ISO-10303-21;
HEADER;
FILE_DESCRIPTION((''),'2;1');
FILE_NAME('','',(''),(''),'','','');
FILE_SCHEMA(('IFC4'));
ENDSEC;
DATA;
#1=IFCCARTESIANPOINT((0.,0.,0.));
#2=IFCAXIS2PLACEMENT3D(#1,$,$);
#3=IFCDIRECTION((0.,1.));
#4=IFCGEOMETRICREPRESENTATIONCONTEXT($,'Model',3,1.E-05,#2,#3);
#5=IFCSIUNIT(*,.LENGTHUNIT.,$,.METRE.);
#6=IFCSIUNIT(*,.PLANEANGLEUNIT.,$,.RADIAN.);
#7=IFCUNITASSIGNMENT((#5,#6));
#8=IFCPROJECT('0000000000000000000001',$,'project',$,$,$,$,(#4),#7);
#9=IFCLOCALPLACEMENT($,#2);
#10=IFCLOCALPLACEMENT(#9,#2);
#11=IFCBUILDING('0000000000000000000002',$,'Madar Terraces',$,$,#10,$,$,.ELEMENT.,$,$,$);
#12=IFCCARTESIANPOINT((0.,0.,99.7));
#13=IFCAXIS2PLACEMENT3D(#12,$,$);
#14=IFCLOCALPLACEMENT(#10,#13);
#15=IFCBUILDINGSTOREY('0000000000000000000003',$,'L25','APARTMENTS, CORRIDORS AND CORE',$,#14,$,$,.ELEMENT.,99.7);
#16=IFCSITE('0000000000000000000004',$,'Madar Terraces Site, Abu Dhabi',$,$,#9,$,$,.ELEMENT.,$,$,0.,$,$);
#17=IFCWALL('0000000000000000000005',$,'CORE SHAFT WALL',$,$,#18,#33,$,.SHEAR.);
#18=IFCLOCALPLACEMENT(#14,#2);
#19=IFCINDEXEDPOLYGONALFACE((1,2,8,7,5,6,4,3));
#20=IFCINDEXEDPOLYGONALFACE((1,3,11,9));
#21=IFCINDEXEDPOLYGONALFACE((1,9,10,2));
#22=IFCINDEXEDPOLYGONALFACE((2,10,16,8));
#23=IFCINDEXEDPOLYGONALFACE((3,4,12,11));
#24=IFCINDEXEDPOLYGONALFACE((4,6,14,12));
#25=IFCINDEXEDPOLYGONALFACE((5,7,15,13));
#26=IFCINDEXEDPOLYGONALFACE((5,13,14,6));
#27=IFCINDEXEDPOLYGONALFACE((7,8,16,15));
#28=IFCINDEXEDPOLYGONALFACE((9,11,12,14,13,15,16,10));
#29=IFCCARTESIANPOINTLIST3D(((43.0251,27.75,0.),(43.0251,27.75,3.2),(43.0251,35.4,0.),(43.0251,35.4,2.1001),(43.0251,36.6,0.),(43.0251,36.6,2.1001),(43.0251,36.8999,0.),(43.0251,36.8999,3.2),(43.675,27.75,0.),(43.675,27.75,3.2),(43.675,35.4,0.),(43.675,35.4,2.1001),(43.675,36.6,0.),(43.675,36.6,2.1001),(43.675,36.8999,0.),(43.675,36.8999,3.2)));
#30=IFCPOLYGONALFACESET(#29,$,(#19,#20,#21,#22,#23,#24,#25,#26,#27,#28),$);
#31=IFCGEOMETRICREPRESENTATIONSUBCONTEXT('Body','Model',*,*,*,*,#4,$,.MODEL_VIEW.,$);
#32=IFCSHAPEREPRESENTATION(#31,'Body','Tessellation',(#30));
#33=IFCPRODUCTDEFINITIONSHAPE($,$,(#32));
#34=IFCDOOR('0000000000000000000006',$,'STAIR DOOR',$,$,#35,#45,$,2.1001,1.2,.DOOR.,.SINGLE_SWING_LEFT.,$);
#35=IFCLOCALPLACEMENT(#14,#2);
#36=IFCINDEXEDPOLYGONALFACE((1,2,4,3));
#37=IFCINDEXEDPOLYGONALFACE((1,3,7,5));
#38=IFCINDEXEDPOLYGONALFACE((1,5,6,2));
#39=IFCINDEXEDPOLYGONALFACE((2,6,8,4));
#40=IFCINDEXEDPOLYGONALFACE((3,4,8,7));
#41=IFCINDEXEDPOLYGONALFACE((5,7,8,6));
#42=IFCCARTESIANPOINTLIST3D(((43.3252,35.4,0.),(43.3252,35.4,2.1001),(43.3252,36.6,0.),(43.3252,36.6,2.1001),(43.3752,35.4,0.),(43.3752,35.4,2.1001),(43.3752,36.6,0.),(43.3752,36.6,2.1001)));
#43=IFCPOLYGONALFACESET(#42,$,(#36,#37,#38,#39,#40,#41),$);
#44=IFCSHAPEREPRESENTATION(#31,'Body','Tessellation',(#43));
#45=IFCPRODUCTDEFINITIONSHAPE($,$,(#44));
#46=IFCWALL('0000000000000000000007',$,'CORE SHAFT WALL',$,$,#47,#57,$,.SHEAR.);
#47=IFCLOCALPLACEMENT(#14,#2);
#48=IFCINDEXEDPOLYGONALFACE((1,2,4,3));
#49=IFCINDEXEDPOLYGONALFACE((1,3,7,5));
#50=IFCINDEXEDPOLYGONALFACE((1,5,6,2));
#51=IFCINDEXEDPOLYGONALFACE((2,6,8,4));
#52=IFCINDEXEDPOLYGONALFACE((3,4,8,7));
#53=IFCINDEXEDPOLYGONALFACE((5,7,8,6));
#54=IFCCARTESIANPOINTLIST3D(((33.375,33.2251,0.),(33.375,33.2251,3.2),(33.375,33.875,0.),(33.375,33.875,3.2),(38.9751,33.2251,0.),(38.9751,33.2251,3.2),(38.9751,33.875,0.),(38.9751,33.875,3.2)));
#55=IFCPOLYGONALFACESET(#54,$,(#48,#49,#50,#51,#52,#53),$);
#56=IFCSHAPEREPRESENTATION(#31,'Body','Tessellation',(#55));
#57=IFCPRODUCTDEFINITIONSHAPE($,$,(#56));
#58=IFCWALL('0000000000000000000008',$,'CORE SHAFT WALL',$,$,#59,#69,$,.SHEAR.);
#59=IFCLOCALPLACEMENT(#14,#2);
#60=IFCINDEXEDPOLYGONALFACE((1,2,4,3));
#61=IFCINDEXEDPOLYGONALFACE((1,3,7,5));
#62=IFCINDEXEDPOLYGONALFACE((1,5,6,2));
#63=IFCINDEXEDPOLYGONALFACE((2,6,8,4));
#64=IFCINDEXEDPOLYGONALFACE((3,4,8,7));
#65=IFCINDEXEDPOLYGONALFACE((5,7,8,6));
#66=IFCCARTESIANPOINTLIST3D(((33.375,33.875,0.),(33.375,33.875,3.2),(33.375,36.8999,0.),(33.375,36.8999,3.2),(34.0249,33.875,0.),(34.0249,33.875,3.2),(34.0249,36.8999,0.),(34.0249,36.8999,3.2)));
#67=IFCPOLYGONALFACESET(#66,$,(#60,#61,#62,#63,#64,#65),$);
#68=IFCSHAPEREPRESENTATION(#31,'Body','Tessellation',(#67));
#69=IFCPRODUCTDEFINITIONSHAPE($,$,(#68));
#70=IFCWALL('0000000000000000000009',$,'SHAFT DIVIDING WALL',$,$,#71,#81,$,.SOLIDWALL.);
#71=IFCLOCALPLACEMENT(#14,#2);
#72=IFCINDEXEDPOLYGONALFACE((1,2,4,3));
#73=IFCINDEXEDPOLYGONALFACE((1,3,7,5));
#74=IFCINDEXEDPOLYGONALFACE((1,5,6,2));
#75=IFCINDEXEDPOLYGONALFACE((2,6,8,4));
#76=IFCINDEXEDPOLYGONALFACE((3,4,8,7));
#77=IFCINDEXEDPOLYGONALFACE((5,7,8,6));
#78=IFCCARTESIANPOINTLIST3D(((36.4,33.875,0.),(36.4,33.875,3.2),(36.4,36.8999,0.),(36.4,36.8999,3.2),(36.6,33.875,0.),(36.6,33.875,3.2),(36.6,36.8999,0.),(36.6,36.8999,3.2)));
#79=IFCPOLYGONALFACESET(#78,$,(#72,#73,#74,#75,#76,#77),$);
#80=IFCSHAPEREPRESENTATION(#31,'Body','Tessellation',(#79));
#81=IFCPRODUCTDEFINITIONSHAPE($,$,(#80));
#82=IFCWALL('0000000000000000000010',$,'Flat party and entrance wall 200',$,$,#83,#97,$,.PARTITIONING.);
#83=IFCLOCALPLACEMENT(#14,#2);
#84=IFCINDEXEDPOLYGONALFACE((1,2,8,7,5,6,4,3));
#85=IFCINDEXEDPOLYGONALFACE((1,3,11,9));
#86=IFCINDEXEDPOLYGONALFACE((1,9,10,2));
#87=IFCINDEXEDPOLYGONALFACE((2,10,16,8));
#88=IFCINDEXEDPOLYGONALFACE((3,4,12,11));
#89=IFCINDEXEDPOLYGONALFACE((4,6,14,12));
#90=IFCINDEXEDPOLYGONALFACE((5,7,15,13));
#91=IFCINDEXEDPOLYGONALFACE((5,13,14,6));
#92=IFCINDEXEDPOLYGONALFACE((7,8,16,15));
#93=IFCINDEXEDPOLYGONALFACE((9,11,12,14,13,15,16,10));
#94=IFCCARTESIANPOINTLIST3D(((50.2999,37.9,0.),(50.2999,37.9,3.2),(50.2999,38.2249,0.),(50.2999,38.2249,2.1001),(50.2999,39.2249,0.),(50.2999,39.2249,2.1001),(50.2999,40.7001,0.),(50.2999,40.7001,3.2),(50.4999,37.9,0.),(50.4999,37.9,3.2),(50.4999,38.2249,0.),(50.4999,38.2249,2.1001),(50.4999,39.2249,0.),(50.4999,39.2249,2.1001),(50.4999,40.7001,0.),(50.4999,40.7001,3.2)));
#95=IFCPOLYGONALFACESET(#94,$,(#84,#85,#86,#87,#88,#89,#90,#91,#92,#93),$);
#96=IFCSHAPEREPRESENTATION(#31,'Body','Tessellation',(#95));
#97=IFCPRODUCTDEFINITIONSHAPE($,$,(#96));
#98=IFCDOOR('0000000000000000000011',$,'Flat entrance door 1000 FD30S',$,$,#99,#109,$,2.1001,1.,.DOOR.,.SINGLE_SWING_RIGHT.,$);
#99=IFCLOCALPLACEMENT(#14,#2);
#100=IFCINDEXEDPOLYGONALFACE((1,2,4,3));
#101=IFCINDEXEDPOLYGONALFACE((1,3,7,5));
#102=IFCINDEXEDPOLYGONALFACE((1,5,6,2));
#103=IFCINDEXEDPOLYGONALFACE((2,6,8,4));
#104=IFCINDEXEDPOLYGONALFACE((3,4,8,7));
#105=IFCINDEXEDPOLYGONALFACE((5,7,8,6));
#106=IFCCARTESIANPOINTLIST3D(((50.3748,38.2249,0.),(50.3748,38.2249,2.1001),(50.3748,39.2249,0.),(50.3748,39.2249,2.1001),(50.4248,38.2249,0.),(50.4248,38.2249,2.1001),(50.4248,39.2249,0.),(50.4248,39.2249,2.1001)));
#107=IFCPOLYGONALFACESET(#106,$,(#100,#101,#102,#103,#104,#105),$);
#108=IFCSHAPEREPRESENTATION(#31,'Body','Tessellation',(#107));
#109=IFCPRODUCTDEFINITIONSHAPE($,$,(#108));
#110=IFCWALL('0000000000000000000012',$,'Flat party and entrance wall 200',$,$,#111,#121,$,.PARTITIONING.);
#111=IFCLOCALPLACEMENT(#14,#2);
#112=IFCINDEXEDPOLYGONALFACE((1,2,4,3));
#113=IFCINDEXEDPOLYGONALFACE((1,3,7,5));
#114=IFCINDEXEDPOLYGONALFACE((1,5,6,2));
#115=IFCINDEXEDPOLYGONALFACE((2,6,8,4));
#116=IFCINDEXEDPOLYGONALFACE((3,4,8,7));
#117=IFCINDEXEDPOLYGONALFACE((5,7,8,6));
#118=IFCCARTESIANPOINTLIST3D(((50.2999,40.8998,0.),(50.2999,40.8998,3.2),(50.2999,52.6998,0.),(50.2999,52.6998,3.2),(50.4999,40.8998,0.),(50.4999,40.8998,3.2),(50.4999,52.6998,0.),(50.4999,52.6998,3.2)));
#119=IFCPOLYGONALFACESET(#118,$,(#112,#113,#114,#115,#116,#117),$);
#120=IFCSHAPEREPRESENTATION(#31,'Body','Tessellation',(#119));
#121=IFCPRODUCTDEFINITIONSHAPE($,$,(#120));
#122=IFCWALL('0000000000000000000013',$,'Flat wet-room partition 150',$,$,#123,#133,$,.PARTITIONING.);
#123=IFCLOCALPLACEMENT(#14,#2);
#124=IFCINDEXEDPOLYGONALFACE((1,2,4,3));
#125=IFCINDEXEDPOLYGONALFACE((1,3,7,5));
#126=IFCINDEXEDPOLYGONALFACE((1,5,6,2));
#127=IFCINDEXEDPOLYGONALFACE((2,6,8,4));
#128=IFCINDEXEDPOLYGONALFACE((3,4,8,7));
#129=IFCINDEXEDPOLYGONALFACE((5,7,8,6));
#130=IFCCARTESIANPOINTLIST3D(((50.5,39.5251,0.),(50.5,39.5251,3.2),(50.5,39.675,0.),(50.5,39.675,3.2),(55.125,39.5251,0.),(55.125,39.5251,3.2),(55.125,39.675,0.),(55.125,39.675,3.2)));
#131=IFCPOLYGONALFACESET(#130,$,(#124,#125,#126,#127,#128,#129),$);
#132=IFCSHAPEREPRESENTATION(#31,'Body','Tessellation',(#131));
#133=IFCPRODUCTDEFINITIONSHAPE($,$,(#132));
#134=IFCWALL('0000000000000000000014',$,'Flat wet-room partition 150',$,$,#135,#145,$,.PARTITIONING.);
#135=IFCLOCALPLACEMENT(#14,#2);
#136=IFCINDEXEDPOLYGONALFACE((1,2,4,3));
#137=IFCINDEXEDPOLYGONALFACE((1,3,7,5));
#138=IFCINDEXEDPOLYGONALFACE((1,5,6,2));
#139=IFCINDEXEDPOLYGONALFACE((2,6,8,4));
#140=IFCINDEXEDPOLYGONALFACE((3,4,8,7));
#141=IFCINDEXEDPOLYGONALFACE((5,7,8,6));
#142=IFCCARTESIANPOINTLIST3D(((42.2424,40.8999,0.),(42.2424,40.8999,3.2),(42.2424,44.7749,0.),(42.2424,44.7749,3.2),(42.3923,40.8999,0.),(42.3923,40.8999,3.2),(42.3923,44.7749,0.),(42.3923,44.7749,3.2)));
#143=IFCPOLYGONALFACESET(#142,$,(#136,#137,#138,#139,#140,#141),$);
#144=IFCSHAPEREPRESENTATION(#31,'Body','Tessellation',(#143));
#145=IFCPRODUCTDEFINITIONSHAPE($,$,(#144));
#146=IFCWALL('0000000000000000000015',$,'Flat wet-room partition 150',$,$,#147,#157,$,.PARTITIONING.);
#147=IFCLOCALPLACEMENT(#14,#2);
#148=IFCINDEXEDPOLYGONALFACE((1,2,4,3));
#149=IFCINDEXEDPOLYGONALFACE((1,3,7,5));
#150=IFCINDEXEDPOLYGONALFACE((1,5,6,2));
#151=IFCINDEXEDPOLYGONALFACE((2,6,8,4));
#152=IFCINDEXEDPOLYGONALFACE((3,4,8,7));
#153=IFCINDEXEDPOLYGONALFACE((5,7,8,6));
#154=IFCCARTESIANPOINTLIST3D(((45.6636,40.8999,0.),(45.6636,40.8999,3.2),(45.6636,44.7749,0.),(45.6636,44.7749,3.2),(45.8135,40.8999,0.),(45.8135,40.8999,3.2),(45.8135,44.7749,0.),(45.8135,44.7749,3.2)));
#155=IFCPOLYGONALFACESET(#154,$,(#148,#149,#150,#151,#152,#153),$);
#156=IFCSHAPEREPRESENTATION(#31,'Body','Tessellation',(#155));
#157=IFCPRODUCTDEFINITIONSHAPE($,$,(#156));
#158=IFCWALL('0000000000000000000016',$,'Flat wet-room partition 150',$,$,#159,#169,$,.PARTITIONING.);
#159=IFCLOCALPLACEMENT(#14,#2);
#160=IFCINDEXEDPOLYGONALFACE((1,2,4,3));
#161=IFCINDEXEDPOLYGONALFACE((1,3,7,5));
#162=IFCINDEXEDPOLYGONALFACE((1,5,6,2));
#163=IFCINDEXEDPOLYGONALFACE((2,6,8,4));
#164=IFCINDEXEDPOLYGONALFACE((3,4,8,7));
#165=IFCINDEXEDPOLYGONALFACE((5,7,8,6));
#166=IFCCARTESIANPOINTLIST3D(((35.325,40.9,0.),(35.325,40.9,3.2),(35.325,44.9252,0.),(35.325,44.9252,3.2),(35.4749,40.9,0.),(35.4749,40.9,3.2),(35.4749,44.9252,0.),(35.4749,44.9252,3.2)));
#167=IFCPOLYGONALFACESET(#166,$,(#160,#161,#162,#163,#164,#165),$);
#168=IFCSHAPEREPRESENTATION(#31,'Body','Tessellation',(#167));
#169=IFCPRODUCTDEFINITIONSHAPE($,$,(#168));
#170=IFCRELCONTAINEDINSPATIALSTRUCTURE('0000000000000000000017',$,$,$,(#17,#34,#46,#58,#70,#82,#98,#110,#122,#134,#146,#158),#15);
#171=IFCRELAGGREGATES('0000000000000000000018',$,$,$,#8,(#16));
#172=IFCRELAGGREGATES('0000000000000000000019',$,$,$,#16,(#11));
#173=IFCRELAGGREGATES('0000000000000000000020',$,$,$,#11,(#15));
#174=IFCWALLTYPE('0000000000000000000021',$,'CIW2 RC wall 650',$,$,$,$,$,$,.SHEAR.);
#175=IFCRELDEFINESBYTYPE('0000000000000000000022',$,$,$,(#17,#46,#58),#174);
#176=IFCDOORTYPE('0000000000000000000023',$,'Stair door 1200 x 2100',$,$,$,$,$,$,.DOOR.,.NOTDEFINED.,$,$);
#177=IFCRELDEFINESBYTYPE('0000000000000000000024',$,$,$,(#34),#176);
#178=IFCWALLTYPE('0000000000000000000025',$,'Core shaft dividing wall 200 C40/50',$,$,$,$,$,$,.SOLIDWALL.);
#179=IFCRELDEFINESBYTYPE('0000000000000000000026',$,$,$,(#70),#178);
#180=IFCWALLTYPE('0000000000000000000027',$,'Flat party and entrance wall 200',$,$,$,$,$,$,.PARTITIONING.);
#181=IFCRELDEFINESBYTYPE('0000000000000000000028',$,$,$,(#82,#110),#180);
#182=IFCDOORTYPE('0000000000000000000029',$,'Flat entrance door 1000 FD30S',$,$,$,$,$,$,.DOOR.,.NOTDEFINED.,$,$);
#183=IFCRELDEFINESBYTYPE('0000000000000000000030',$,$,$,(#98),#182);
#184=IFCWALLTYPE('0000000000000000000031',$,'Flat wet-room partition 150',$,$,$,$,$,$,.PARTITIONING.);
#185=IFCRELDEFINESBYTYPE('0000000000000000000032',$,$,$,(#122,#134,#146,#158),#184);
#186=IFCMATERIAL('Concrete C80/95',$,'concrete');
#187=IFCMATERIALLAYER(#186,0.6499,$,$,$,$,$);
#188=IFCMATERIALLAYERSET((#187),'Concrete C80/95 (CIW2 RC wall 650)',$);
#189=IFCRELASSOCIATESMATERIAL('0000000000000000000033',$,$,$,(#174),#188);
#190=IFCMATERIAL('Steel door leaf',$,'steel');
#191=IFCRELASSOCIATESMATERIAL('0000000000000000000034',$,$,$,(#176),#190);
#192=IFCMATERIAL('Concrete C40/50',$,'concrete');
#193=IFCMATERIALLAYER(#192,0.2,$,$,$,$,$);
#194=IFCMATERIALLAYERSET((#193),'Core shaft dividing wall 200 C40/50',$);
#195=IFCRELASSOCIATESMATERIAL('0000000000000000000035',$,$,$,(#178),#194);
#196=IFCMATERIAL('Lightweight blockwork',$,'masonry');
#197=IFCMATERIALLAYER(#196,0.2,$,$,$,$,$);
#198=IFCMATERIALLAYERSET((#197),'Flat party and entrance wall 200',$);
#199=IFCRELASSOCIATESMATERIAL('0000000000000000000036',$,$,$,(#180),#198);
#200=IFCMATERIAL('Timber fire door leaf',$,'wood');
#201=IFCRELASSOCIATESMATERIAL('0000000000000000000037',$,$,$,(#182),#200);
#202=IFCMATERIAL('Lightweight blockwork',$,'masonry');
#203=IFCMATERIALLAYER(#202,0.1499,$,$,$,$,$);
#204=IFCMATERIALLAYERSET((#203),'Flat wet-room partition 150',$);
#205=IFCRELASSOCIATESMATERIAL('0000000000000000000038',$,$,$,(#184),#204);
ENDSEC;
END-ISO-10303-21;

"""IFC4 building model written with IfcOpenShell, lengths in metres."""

from ifc_helpers import new_model, si_unit, direction, frame, frame_2d, origin, place, context, subcontext, project, spatial, rectangle, extrude, material, layer, layer_set, type_object, element, fill, save


model = new_model("IFC4")

# Units and contexts
model_context = context("Model", 3, precision=1e-05, world=origin(), true_north=direction((0.0, 1.0)))
body_context = subcontext(model_context, "Body", "Model", "MODEL_VIEW")
ifc_project = project(units=[si_unit("LENGTHUNIT", "METRE"), si_unit("PLANEANGLEUNIT", "RADIAN")], contexts=[model_context])

# Site, building, storey
site_placement = place(None, origin())
site = spatial("IfcSite", under=ifc_project, at=site_placement, Name="Madar Terraces Site, Abu Dhabi", CompositionType="ELEMENT", RefElevation=0.0)
building_placement = place(site_placement, origin())
building = spatial("IfcBuilding", under=site, at=building_placement, Name="Madar Terraces", CompositionType="ELEMENT")
storey_placement = place(building_placement, frame((0.0, 0.0, 99.7)))
storey = spatial("IfcBuildingStorey", under=building, at=storey_placement, Name="L25", Description="APARTMENTS, CORRIDORS AND CORE", CompositionType="ELEMENT", Elevation=99.7)

# Wall, opening, door
ifc_material_1 = material(Name="Concrete C80/95", Category="concrete")
ifc_layer_1 = layer(ifc_material_1, 0.6499)
ifc_layer_set_1 = layer_set([ifc_layer_1], Name="Concrete C80/95 (CIW2 RC wall 650)")
wall_type_1 = type_object("IfcWallType", Name="CIW2 RC wall 650", PredefinedType="SHEAR", material=ifc_layer_set_1)
wall_1_placement = place(storey_placement, frame((43.3501, 27.75, 0.0), z_axis=(0.0, 0.0, 1.0), x_axis=(0.0, 1.0, 0.0)))
wall_1 = element("IfcWall", 1, at=wall_1_placement, inside=storey, type_object=wall_type_1, Name="CORE SHAFT WALL", PredefinedType="SHEAR", context=body_context, shape_type="SweptSolid", body=[
    extrude(rectangle(XDim=9.1499, YDim=0.6499, at=frame_2d((4.575, 0.0))), origin(), (0.0, 0.0, 1.0), 3.2),
])
opening_1_placement = place(wall_1_placement, frame((7.6499, 0.0, 0.0)))
opening_1 = element("IfcOpeningElement", 2, at=opening_1_placement, cuts=wall_1, PredefinedType="OPENING", context=body_context, shape_type="SweptSolid", body=[
    extrude(rectangle(XDim=1.2, YDim=2.1001, at=frame_2d((0.6001, 1.05))), frame((0.0, 0.335, 0.0), z_axis=(0.0, -1.0, 0.0), x_axis=(1.0, 0.0, 0.0)), (0.0, 0.0, 1.0), 0.6699),
])
ifc_material_2 = material(Name="Steel door leaf", Category="steel")
door_type_1 = type_object("IfcDoorType", Name="Stair door 1200 x 2100", OperationType="NOTDEFINED", PredefinedType="DOOR", material=ifc_material_2)
door_1_placement = place(opening_1_placement, origin())
door_1 = element("IfcDoor", 3, at=door_1_placement, inside=storey, type_object=door_type_1, Name="STAIR DOOR", OperationType="SINGLE_SWING_LEFT", OverallHeight=2.1001, OverallWidth=1.2, PredefinedType="DOOR", context=body_context, shape_type="SweptSolid", body=[
    extrude(rectangle(XDim=1.2, YDim=2.1001, at=frame_2d((0.6001, 1.05))), frame((0.0, 0.0249, 0.0), z_axis=(0.0, -1.0, 0.0), x_axis=(1.0, 0.0, 0.0)), (0.0, 0.0, 1.0), 0.05),
])
fill(opening_1, door_1)

# Walls
wall_2_placement = place(storey_placement, frame((33.375, 33.55, 0.0), z_axis=(0.0, 0.0, 1.0), x_axis=(1.0, 0.0, 0.0)))
element("IfcWall", 4, at=wall_2_placement, inside=storey, type_object=wall_type_1, Name="CORE SHAFT WALL", PredefinedType="SHEAR", context=body_context, shape_type="SweptSolid", body=[
    extrude(rectangle(XDim=5.6001, YDim=0.6499, at=frame_2d((2.8, 0.0))), origin(), (0.0, 0.0, 1.0), 3.2),
])
wall_3_placement = place(storey_placement, frame((33.7, 33.875, 0.0), z_axis=(0.0, 0.0, 1.0), x_axis=(0.0, 1.0, 0.0)))
element("IfcWall", 5, at=wall_3_placement, inside=storey, type_object=wall_type_1, Name="CORE SHAFT WALL", PredefinedType="SHEAR", context=body_context, shape_type="SweptSolid", body=[
    extrude(rectangle(XDim=3.0249, YDim=0.6499, at=frame_2d((1.5125, 0.0))), origin(), (0.0, 0.0, 1.0), 3.2),
])
ifc_material_3 = material(Name="Concrete C40/50", Category="concrete")
ifc_layer_2 = layer(ifc_material_3, 0.2)
ifc_layer_set_2 = layer_set([ifc_layer_2], Name="Core shaft dividing wall 200 C40/50")
wall_type_2 = type_object("IfcWallType", Name="Core shaft dividing wall 200 C40/50", PredefinedType="SOLIDWALL", material=ifc_layer_set_2)
wall_4_placement = place(storey_placement, frame((36.5, 33.875, 0.0), z_axis=(0.0, 0.0, 1.0), x_axis=(0.0, 1.0, 0.0)))
element("IfcWall", 6, at=wall_4_placement, inside=storey, type_object=wall_type_2, Name="SHAFT DIVIDING WALL", PredefinedType="SOLIDWALL", context=body_context, shape_type="SweptSolid", body=[
    extrude(rectangle(XDim=3.0249, YDim=0.2, at=frame_2d((1.5125, 0.0))), origin(), (0.0, 0.0, 1.0), 3.2),
])

# Wall, opening, door
ifc_material_4 = material(Name="Lightweight blockwork", Category="masonry")
ifc_layer_3 = layer(ifc_material_4, 0.2)
ifc_layer_set_3 = layer_set([ifc_layer_3], Name="Flat party and entrance wall 200")
wall_type_3 = type_object("IfcWallType", Name="Flat party and entrance wall 200", PredefinedType="PARTITIONING", material=ifc_layer_set_3)
wall_5_placement = place(storey_placement, frame((50.3999, 40.7, 0.0), z_axis=(0.0, 0.0, 1.0), x_axis=(0.0, -1.0, 0.0)))
wall_5 = element("IfcWall", 7, at=wall_5_placement, inside=storey, type_object=wall_type_3, Name="Flat party and entrance wall 200", PredefinedType="PARTITIONING", context=body_context, shape_type="SweptSolid", body=[
    extrude(rectangle(XDim=2.8, YDim=0.2, at=frame_2d((1.3999, 0.0))), origin(), (0.0, 0.0, 1.0), 3.2),
])
opening_2_placement = place(wall_5_placement, frame((1.4751, 0.0, 0.0)))
opening_2 = element("IfcOpeningElement", 8, at=opening_2_placement, cuts=wall_5, PredefinedType="OPENING", context=body_context, shape_type="SweptSolid", body=[
    extrude(rectangle(XDim=1.0, YDim=2.1001, at=frame_2d((0.5, 1.05))), frame((0.0, 0.1099, 0.0), z_axis=(0.0, -1.0, 0.0), x_axis=(1.0, 0.0, 0.0)), (0.0, 0.0, 1.0), 0.22),
])
ifc_material_5 = material(Name="Timber fire door leaf", Category="wood")
door_type_2 = type_object("IfcDoorType", Name="Flat entrance door 1000 FD30S", OperationType="NOTDEFINED", PredefinedType="DOOR", material=ifc_material_5)
door_2_placement = place(opening_2_placement, origin())
door_2 = element("IfcDoor", 9, at=door_2_placement, inside=storey, type_object=door_type_2, Name="Flat entrance door 1000 FD30S", OperationType="SINGLE_SWING_RIGHT", OverallHeight=2.1001, OverallWidth=1.0, PredefinedType="DOOR", context=body_context, shape_type="SweptSolid", body=[
    extrude(rectangle(XDim=1.0, YDim=2.1001, at=frame_2d((0.5, 1.05))), frame((0.0, 0.0249, 0.0), z_axis=(0.0, -1.0, 0.0), x_axis=(1.0, 0.0, 0.0)), (0.0, 0.0, 1.0), 0.05),
])
fill(opening_2, door_2)

# Walls
wall_6_placement = place(storey_placement, frame((50.3999, 40.8999, 0.0), z_axis=(0.0, 0.0, 1.0), x_axis=(0.0, 1.0, 0.0)))
element("IfcWall", 10, at=wall_6_placement, inside=storey, type_object=wall_type_3, Name="Flat party and entrance wall 200", PredefinedType="PARTITIONING", context=body_context, shape_type="SweptSolid", body=[
    extrude(rectangle(XDim=11.8, YDim=0.2, at=frame_2d((5.8999, 0.0))), origin(), (0.0, 0.0, 1.0), 3.2),
])
ifc_material_6 = material(Name="Lightweight blockwork", Category="masonry")
ifc_layer_4 = layer(ifc_material_6, 0.1499)
ifc_layer_set_4 = layer_set([ifc_layer_4], Name="Flat wet-room partition 150")
wall_type_4 = type_object("IfcWallType", Name="Flat wet-room partition 150", PredefinedType="PARTITIONING", material=ifc_layer_set_4)
wall_7_placement = place(storey_placement, frame((50.5, 39.6001, 0.0), z_axis=(0.0, 0.0, 1.0), x_axis=(1.0, 0.0, 0.0)))
element("IfcWall", 11, at=wall_7_placement, inside=storey, type_object=wall_type_4, Name="Flat wet-room partition 150", PredefinedType="PARTITIONING", context=body_context, shape_type="SweptSolid", body=[
    extrude(rectangle(XDim=4.625, YDim=0.1499, at=frame_2d((2.3125, 0.0))), origin(), (0.0, 0.0, 1.0), 3.2),
])
for number, where, z_axis, x_axis, name in (
    (12, (42.3174, 40.8999, 0.0), (0.0, 0.0, 1.0), (0.0, 1.0, 0.0), "Flat wet-room partition 150"),
    (13, (45.7385, 40.8999, 0.0), (0.0, 0.0, 1.0), (0.0, 1.0, 0.0), "Flat wet-room partition 150"),
):
    element("IfcWall", number, at=place(storey_placement, frame(where, z_axis=z_axis, x_axis=x_axis)), inside=storey, type_object=wall_type_4, Name=name, PredefinedType="PARTITIONING", context=body_context, shape_type="SweptSolid", body=[
        extrude(rectangle(XDim=3.875, YDim=0.1499, at=frame_2d((1.9375, 0.0))), origin(), (0.0, 0.0, 1.0), 3.2),
    ])
wall_8_placement = place(storey_placement, frame((35.3999, 40.8999, 0.0), z_axis=(0.0, 0.0, 1.0), x_axis=(0.0, 1.0, 0.0)))
element("IfcWall", 14, at=wall_8_placement, inside=storey, type_object=wall_type_4, Name="Flat wet-room partition 150", PredefinedType="PARTITIONING", context=body_context, shape_type="SweptSolid", body=[
    extrude(rectangle(XDim=4.0251, YDim=0.1499, at=frame_2d((2.0127, 0.0))), origin(), (0.0, 0.0, 1.0), 3.2),
])

save(model, "model.ifc")
